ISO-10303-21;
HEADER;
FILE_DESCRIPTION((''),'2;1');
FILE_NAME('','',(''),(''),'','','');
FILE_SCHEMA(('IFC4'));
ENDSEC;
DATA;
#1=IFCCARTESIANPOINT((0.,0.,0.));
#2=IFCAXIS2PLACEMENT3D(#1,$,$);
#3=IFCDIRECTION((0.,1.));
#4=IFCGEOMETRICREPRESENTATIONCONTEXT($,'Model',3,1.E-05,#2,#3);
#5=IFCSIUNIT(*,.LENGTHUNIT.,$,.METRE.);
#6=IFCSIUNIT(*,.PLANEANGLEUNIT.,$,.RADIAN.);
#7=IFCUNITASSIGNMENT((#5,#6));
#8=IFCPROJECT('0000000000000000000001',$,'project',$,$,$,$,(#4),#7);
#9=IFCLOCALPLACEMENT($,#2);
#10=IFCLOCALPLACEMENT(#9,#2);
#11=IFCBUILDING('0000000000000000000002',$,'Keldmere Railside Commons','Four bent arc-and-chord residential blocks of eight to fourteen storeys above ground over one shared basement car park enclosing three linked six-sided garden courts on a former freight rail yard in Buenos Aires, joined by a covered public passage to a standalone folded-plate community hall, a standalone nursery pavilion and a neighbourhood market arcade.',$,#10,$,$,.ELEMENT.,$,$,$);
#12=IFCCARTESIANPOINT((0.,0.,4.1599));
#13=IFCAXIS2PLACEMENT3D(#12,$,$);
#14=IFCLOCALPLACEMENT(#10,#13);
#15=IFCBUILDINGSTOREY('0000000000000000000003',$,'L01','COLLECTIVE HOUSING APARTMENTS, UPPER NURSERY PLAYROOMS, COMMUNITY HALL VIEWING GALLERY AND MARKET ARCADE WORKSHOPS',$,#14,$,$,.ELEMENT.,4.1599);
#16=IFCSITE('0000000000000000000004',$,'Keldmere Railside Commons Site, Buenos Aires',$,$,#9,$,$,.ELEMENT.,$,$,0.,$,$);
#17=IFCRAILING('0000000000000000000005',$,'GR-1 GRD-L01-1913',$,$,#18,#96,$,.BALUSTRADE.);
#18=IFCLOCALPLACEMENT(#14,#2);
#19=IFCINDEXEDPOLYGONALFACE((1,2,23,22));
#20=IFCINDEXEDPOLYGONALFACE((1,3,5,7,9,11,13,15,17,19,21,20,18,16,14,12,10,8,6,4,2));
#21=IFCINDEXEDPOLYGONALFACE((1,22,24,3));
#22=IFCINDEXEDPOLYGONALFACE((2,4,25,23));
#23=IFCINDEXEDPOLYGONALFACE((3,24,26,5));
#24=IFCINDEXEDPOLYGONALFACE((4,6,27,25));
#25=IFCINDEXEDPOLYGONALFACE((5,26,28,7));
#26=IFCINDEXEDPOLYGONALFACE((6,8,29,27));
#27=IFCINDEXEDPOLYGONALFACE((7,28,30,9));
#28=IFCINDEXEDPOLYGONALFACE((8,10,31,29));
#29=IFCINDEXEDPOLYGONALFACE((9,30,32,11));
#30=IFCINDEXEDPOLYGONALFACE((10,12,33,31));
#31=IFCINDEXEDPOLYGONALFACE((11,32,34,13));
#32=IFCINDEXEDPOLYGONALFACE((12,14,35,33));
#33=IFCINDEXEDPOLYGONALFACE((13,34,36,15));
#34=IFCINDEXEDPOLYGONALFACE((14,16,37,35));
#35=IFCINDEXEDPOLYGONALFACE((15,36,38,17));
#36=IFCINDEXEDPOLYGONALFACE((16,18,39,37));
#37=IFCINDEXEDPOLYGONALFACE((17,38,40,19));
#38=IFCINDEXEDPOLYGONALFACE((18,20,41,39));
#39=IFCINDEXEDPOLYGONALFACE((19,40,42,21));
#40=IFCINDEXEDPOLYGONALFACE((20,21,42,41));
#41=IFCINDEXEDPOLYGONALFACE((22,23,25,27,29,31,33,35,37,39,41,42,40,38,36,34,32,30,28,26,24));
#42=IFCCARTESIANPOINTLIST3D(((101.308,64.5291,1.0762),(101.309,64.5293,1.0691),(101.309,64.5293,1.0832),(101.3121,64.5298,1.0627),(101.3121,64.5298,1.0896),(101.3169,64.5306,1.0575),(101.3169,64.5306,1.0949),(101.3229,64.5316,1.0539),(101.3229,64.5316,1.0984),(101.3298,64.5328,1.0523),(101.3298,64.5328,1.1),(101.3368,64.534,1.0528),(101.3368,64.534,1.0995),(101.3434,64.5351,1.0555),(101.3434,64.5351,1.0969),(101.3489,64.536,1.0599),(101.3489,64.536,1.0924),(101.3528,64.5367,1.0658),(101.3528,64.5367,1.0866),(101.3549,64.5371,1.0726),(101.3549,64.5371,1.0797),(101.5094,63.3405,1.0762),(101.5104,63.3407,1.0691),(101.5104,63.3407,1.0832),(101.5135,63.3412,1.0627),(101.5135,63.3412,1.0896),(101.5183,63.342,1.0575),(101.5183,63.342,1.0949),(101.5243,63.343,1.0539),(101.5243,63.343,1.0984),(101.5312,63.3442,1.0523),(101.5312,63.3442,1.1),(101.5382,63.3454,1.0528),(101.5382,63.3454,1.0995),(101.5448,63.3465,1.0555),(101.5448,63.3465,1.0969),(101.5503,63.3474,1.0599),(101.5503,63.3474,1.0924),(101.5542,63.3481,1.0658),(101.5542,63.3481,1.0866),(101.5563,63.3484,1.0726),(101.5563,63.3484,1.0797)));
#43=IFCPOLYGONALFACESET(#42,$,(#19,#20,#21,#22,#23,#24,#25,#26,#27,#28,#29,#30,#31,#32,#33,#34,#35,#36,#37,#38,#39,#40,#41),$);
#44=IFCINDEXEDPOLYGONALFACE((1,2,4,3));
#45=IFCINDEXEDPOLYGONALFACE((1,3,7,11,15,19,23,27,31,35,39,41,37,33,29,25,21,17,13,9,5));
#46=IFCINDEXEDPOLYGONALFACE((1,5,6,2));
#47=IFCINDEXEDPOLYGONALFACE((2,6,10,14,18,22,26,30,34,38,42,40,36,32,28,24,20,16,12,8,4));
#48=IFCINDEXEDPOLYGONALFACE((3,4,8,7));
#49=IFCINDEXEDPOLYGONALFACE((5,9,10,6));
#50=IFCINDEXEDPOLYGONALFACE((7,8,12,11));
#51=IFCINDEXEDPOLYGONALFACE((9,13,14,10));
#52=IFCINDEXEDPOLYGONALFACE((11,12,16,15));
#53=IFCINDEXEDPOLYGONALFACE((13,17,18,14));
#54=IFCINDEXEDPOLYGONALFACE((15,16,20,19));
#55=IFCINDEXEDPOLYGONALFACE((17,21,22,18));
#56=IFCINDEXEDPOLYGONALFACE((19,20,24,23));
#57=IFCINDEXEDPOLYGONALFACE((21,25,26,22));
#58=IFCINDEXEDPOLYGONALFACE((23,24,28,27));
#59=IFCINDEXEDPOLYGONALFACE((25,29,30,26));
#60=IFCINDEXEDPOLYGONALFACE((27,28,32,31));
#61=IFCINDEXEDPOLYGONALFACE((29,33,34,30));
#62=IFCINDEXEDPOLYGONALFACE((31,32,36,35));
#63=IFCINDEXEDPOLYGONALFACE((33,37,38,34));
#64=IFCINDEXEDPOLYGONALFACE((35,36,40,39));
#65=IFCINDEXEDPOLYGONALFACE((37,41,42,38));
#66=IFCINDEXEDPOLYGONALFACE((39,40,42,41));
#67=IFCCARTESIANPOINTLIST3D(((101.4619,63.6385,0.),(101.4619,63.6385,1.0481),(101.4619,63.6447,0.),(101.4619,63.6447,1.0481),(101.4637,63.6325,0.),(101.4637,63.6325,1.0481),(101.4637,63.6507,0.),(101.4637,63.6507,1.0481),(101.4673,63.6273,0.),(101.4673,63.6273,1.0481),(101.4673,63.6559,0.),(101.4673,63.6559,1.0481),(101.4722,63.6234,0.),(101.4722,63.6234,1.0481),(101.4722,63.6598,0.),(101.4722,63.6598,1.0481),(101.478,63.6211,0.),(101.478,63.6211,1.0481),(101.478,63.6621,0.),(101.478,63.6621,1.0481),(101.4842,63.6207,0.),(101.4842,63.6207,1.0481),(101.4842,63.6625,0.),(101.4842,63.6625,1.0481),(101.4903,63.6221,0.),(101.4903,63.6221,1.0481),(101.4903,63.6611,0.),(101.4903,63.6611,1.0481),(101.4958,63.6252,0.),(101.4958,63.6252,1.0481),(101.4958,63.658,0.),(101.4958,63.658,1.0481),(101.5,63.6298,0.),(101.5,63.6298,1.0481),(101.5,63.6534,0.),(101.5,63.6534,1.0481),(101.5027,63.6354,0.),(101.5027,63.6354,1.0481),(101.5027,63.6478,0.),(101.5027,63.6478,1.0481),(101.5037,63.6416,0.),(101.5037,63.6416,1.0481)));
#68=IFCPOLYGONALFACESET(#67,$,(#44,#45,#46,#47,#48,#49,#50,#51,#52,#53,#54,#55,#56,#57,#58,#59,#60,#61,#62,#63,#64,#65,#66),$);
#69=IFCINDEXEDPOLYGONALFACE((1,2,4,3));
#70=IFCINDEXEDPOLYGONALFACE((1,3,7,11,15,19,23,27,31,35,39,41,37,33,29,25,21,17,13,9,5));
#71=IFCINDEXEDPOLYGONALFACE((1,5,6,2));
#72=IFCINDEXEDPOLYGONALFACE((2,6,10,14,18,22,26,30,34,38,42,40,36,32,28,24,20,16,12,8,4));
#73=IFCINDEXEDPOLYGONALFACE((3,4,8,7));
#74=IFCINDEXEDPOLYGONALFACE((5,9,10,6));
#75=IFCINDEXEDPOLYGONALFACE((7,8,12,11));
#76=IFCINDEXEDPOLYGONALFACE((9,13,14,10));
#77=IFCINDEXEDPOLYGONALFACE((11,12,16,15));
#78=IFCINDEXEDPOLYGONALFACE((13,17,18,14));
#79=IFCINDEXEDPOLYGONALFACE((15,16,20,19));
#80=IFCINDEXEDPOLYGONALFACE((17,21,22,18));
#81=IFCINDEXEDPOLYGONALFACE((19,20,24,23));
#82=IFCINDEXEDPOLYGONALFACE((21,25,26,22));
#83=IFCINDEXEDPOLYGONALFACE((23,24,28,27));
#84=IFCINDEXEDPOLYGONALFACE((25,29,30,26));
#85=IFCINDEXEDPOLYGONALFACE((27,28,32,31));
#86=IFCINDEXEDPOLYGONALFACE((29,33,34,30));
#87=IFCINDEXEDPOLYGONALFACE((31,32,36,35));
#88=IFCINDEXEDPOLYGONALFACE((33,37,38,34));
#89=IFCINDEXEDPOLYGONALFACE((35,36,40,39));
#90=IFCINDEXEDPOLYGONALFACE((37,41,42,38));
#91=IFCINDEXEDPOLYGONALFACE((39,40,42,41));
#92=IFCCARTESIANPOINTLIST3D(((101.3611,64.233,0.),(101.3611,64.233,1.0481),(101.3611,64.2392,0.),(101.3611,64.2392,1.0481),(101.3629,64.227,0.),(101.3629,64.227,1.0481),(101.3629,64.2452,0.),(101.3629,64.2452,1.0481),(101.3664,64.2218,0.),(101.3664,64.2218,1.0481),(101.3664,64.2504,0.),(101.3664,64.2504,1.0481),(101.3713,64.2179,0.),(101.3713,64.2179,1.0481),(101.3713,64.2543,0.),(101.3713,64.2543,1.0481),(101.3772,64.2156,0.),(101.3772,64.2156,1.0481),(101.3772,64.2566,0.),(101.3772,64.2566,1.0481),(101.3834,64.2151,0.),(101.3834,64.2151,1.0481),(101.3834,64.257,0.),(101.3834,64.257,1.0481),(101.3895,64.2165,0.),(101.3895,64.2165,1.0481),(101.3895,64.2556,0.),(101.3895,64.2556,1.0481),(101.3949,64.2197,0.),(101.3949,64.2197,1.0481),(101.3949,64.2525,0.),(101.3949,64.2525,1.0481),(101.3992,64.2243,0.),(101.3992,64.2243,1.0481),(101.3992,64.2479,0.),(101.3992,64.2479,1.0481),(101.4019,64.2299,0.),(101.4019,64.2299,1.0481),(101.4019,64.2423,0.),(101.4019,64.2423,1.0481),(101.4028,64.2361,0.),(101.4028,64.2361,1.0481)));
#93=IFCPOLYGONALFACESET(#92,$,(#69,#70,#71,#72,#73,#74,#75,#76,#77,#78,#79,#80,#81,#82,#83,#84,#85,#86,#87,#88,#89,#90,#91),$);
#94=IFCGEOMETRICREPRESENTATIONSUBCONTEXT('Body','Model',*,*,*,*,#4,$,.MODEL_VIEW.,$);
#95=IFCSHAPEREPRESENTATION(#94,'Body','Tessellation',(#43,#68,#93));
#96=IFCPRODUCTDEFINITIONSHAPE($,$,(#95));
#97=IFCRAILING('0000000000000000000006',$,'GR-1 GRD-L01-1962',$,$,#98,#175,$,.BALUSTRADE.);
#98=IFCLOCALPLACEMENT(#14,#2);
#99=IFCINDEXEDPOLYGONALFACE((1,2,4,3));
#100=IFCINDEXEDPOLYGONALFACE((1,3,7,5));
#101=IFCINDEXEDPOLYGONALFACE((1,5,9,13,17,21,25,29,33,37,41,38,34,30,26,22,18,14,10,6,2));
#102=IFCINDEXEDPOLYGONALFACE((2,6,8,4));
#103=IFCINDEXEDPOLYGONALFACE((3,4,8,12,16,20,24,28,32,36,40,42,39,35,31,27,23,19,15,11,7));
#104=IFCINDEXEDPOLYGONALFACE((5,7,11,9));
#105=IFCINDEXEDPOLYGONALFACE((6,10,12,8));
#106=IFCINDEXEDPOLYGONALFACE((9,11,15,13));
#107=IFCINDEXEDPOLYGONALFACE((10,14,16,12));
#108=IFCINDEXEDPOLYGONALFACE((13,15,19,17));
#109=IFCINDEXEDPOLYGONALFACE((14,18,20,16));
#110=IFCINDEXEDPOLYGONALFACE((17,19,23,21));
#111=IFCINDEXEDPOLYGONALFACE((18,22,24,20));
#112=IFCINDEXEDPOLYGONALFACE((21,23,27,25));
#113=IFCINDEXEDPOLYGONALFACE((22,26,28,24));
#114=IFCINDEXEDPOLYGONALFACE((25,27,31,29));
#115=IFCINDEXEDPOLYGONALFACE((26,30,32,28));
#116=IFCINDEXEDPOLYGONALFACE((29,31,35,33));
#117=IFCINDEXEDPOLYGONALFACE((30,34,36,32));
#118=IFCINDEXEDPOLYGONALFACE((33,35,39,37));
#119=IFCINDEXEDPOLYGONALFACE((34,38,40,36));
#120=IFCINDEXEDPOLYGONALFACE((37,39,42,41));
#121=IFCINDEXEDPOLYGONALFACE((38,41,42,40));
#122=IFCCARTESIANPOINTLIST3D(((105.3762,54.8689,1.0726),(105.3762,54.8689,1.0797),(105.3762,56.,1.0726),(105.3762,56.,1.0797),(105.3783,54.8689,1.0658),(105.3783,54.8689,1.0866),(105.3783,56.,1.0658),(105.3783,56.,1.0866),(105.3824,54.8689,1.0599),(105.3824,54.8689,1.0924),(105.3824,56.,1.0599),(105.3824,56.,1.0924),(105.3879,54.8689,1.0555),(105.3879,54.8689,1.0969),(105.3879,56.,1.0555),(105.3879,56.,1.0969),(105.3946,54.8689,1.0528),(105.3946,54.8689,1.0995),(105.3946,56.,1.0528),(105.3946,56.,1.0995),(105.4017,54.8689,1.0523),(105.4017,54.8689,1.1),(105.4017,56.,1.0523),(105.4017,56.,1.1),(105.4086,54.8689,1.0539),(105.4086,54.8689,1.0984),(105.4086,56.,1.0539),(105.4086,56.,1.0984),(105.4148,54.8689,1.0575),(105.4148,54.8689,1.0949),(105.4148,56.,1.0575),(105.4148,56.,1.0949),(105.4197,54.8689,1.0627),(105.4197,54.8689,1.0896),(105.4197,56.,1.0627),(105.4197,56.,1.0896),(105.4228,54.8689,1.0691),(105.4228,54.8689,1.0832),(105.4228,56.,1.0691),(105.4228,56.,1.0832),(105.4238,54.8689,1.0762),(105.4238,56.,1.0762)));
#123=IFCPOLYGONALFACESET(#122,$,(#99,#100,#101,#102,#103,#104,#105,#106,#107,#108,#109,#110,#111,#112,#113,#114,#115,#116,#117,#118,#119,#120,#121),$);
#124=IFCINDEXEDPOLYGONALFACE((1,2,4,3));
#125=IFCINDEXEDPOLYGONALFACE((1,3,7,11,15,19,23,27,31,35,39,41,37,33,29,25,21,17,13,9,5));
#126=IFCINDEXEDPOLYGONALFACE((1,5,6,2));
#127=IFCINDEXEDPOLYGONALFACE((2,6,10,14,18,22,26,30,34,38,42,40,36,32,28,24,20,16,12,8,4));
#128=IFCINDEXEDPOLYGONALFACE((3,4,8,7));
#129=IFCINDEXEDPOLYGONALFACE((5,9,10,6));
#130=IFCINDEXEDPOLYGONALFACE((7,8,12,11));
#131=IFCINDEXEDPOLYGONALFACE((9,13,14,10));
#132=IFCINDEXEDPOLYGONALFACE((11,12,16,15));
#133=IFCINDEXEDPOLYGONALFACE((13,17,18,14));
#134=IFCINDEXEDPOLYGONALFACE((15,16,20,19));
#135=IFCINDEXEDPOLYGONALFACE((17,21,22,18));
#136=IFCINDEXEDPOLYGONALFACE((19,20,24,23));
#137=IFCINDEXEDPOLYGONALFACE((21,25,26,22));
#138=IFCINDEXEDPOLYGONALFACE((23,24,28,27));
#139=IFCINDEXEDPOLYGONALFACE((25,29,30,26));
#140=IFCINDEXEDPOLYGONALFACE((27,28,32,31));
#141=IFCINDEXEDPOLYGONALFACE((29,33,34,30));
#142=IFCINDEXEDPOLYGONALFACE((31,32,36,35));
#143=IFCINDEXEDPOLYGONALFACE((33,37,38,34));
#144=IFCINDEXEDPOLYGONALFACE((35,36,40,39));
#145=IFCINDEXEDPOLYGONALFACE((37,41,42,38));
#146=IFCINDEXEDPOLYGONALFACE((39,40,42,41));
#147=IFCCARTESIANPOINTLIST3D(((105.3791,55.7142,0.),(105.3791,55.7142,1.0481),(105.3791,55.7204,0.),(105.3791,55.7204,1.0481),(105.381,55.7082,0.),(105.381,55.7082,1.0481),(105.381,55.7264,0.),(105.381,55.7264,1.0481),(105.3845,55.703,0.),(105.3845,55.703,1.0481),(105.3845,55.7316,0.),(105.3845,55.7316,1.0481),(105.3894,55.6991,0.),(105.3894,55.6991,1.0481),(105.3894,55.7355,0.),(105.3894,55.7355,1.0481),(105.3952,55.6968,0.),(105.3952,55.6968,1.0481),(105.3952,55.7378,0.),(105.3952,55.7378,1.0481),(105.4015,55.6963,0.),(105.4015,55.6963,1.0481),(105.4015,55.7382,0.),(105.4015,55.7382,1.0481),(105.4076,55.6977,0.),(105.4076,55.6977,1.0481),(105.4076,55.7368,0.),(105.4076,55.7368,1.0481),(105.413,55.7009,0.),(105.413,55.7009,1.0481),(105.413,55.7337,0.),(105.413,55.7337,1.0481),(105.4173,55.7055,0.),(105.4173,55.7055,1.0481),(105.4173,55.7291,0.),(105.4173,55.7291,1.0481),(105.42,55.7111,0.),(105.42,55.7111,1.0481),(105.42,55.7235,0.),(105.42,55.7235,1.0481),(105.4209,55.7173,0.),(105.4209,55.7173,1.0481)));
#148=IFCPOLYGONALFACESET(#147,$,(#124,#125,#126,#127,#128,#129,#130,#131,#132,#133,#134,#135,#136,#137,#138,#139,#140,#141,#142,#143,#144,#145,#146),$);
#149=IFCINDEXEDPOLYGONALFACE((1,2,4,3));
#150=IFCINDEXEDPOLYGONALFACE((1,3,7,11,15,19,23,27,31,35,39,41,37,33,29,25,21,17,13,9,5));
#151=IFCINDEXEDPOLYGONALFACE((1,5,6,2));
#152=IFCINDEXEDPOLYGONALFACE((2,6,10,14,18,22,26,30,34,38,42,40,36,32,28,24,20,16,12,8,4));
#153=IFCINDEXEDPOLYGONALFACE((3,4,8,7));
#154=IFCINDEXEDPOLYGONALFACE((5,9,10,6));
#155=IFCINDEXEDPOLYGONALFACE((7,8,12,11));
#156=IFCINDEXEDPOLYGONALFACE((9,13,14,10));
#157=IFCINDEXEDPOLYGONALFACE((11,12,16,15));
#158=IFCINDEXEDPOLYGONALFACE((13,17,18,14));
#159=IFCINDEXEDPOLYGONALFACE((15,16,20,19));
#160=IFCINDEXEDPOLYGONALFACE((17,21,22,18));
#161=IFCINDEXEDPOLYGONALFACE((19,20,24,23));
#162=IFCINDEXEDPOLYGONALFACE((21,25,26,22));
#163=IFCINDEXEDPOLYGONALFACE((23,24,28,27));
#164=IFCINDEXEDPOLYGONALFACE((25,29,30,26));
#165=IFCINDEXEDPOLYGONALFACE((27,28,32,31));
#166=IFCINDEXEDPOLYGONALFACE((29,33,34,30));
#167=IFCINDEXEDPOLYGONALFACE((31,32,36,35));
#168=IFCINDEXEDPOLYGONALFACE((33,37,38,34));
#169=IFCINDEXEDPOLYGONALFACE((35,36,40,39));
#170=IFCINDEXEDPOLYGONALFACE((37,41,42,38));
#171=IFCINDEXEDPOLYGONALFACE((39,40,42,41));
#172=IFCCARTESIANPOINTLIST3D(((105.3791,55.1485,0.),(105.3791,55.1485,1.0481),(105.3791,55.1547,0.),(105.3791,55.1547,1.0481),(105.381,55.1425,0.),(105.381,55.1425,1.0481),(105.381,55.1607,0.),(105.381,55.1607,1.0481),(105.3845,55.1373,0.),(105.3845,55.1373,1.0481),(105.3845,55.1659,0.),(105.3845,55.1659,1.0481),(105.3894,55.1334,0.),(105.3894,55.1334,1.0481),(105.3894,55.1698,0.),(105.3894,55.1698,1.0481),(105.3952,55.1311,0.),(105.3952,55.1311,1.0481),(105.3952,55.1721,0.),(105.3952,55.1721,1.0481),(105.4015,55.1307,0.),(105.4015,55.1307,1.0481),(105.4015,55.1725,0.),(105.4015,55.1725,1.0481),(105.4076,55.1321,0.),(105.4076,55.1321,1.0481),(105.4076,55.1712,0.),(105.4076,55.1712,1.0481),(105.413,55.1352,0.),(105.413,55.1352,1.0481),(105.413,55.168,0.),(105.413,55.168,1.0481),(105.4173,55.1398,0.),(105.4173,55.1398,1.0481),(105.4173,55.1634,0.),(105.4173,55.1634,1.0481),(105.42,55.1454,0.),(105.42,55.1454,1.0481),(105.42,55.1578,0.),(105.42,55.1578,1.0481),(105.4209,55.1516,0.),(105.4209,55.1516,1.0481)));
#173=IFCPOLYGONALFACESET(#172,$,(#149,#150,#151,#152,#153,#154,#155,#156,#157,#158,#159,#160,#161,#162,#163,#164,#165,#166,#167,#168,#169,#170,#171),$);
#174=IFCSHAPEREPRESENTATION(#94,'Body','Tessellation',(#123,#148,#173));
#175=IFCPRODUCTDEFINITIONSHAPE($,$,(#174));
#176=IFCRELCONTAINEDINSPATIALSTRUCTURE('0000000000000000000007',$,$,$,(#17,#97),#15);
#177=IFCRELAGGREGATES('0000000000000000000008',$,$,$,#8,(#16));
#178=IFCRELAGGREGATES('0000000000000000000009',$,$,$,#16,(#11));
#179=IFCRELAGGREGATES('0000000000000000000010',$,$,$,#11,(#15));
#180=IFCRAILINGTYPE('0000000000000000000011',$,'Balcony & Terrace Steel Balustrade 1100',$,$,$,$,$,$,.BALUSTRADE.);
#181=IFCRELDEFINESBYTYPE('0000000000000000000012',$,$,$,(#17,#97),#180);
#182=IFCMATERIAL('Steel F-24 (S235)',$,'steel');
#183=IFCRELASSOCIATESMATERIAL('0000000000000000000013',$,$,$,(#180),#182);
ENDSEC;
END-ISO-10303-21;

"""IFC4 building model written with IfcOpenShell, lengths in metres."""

from ifc_helpers import new_model, si_unit, direction, frame, origin, origin_2d, place, context, subcontext, project, spatial, circle, extrude, material, type_object, element, save


model = new_model("IFC4")

# Units and contexts
model_context = context("Model", 3, precision=1e-05, world=origin(), true_north=direction((0.0, 1.0)))
body_context = subcontext(model_context, "Body", "Model", "MODEL_VIEW")
ifc_project = project(units=[si_unit("LENGTHUNIT", "METRE"), si_unit("PLANEANGLEUNIT", "RADIAN")], contexts=[model_context])

# Site, building, storey
site_placement = place(None, origin())
site = spatial("IfcSite", under=ifc_project, at=site_placement, Name="Keldmere Railside Commons Site, Buenos Aires", CompositionType="ELEMENT", RefElevation=0.0)
building_placement = place(site_placement, origin())
building = spatial("IfcBuilding", under=site, at=building_placement, Name="Keldmere Railside Commons", Description="Four bent arc-and-chord residential blocks of eight to fourteen storeys above ground over one shared basement car park enclosing three linked six-sided garden courts on a former freight rail yard in Buenos Aires, joined by a covered public passage to a standalone folded-plate community hall, a standalone nursery pavilion and a neighbourhood market arcade.", CompositionType="ELEMENT")
storey_placement = place(building_placement, frame((0.0, 0.0, 4.1599)))
storey = spatial("IfcBuildingStorey", under=building, at=storey_placement, Name="L01", Description="COLLECTIVE HOUSING APARTMENTS, UPPER NURSERY PLAYROOMS, COMMUNITY HALL VIEWING GALLERY AND MARKET ARCADE WORKSHOPS", CompositionType="ELEMENT", Elevation=4.1599)

# Railings
ifc_material_1 = material(Name="Steel F-24 (S235)", Category="steel")
railing_type = type_object("IfcRailingType", Name="Balcony & Terrace Steel Balustrade 1100", PredefinedType="BALUSTRADE", material=ifc_material_1)
railing_1_placement = place(storey_placement, frame((101.533, 63.3445, 0.0)))
element("IfcRailing", 1, at=railing_1_placement, inside=storey, type_object=railing_type, Name="GR-1 GRD-L01-1913", PredefinedType="BALUSTRADE", context=body_context, shape_type="SweptSolid", body=[
    extrude(circle(Radius=0.0239, at=origin_2d()), frame((0.0, 0.0, 1.0762), z_axis=(-0.167058, 0.985947, 0.0), x_axis=(-0.985947, -0.167058, 0.0)), (0.0, 0.0, 1.0), 1.2056),
    extrude(circle(Radius=0.021, at=origin_2d()), frame((-0.0503, 0.2971, 0.0)), (0.0, 0.0, 1.0), 1.0481),
    extrude(circle(Radius=0.021, at=origin_2d()), frame((-0.1511, 0.8916, 0.0)), (0.0, 0.0, 1.0), 1.0481),
])
railing_2_placement = place(storey_placement, frame((105.3999, 56.0, 0.0)))
element("IfcRailing", 2, at=railing_2_placement, inside=storey, type_object=railing_type, Name="GR-1 GRD-L01-1962", PredefinedType="BALUSTRADE", context=body_context, shape_type="SweptSolid", body=[
    extrude(circle(Radius=0.0239, at=origin_2d()), frame((0.0, 0.0, 1.0762), z_axis=(0.0, -1.0, 0.0), x_axis=(1.0, 0.0, 0.0)), (0.0, 0.0, 1.0), 1.1311),
    extrude(circle(Radius=0.021, at=origin_2d()), frame((0.0, -0.2827, 0.0)), (0.0, 0.0, 1.0), 1.0481),
    extrude(circle(Radius=0.021, at=origin_2d()), frame((0.0, -0.8484, 0.0)), (0.0, 0.0, 1.0), 1.0481),
])

save(model, "model.ifc")
